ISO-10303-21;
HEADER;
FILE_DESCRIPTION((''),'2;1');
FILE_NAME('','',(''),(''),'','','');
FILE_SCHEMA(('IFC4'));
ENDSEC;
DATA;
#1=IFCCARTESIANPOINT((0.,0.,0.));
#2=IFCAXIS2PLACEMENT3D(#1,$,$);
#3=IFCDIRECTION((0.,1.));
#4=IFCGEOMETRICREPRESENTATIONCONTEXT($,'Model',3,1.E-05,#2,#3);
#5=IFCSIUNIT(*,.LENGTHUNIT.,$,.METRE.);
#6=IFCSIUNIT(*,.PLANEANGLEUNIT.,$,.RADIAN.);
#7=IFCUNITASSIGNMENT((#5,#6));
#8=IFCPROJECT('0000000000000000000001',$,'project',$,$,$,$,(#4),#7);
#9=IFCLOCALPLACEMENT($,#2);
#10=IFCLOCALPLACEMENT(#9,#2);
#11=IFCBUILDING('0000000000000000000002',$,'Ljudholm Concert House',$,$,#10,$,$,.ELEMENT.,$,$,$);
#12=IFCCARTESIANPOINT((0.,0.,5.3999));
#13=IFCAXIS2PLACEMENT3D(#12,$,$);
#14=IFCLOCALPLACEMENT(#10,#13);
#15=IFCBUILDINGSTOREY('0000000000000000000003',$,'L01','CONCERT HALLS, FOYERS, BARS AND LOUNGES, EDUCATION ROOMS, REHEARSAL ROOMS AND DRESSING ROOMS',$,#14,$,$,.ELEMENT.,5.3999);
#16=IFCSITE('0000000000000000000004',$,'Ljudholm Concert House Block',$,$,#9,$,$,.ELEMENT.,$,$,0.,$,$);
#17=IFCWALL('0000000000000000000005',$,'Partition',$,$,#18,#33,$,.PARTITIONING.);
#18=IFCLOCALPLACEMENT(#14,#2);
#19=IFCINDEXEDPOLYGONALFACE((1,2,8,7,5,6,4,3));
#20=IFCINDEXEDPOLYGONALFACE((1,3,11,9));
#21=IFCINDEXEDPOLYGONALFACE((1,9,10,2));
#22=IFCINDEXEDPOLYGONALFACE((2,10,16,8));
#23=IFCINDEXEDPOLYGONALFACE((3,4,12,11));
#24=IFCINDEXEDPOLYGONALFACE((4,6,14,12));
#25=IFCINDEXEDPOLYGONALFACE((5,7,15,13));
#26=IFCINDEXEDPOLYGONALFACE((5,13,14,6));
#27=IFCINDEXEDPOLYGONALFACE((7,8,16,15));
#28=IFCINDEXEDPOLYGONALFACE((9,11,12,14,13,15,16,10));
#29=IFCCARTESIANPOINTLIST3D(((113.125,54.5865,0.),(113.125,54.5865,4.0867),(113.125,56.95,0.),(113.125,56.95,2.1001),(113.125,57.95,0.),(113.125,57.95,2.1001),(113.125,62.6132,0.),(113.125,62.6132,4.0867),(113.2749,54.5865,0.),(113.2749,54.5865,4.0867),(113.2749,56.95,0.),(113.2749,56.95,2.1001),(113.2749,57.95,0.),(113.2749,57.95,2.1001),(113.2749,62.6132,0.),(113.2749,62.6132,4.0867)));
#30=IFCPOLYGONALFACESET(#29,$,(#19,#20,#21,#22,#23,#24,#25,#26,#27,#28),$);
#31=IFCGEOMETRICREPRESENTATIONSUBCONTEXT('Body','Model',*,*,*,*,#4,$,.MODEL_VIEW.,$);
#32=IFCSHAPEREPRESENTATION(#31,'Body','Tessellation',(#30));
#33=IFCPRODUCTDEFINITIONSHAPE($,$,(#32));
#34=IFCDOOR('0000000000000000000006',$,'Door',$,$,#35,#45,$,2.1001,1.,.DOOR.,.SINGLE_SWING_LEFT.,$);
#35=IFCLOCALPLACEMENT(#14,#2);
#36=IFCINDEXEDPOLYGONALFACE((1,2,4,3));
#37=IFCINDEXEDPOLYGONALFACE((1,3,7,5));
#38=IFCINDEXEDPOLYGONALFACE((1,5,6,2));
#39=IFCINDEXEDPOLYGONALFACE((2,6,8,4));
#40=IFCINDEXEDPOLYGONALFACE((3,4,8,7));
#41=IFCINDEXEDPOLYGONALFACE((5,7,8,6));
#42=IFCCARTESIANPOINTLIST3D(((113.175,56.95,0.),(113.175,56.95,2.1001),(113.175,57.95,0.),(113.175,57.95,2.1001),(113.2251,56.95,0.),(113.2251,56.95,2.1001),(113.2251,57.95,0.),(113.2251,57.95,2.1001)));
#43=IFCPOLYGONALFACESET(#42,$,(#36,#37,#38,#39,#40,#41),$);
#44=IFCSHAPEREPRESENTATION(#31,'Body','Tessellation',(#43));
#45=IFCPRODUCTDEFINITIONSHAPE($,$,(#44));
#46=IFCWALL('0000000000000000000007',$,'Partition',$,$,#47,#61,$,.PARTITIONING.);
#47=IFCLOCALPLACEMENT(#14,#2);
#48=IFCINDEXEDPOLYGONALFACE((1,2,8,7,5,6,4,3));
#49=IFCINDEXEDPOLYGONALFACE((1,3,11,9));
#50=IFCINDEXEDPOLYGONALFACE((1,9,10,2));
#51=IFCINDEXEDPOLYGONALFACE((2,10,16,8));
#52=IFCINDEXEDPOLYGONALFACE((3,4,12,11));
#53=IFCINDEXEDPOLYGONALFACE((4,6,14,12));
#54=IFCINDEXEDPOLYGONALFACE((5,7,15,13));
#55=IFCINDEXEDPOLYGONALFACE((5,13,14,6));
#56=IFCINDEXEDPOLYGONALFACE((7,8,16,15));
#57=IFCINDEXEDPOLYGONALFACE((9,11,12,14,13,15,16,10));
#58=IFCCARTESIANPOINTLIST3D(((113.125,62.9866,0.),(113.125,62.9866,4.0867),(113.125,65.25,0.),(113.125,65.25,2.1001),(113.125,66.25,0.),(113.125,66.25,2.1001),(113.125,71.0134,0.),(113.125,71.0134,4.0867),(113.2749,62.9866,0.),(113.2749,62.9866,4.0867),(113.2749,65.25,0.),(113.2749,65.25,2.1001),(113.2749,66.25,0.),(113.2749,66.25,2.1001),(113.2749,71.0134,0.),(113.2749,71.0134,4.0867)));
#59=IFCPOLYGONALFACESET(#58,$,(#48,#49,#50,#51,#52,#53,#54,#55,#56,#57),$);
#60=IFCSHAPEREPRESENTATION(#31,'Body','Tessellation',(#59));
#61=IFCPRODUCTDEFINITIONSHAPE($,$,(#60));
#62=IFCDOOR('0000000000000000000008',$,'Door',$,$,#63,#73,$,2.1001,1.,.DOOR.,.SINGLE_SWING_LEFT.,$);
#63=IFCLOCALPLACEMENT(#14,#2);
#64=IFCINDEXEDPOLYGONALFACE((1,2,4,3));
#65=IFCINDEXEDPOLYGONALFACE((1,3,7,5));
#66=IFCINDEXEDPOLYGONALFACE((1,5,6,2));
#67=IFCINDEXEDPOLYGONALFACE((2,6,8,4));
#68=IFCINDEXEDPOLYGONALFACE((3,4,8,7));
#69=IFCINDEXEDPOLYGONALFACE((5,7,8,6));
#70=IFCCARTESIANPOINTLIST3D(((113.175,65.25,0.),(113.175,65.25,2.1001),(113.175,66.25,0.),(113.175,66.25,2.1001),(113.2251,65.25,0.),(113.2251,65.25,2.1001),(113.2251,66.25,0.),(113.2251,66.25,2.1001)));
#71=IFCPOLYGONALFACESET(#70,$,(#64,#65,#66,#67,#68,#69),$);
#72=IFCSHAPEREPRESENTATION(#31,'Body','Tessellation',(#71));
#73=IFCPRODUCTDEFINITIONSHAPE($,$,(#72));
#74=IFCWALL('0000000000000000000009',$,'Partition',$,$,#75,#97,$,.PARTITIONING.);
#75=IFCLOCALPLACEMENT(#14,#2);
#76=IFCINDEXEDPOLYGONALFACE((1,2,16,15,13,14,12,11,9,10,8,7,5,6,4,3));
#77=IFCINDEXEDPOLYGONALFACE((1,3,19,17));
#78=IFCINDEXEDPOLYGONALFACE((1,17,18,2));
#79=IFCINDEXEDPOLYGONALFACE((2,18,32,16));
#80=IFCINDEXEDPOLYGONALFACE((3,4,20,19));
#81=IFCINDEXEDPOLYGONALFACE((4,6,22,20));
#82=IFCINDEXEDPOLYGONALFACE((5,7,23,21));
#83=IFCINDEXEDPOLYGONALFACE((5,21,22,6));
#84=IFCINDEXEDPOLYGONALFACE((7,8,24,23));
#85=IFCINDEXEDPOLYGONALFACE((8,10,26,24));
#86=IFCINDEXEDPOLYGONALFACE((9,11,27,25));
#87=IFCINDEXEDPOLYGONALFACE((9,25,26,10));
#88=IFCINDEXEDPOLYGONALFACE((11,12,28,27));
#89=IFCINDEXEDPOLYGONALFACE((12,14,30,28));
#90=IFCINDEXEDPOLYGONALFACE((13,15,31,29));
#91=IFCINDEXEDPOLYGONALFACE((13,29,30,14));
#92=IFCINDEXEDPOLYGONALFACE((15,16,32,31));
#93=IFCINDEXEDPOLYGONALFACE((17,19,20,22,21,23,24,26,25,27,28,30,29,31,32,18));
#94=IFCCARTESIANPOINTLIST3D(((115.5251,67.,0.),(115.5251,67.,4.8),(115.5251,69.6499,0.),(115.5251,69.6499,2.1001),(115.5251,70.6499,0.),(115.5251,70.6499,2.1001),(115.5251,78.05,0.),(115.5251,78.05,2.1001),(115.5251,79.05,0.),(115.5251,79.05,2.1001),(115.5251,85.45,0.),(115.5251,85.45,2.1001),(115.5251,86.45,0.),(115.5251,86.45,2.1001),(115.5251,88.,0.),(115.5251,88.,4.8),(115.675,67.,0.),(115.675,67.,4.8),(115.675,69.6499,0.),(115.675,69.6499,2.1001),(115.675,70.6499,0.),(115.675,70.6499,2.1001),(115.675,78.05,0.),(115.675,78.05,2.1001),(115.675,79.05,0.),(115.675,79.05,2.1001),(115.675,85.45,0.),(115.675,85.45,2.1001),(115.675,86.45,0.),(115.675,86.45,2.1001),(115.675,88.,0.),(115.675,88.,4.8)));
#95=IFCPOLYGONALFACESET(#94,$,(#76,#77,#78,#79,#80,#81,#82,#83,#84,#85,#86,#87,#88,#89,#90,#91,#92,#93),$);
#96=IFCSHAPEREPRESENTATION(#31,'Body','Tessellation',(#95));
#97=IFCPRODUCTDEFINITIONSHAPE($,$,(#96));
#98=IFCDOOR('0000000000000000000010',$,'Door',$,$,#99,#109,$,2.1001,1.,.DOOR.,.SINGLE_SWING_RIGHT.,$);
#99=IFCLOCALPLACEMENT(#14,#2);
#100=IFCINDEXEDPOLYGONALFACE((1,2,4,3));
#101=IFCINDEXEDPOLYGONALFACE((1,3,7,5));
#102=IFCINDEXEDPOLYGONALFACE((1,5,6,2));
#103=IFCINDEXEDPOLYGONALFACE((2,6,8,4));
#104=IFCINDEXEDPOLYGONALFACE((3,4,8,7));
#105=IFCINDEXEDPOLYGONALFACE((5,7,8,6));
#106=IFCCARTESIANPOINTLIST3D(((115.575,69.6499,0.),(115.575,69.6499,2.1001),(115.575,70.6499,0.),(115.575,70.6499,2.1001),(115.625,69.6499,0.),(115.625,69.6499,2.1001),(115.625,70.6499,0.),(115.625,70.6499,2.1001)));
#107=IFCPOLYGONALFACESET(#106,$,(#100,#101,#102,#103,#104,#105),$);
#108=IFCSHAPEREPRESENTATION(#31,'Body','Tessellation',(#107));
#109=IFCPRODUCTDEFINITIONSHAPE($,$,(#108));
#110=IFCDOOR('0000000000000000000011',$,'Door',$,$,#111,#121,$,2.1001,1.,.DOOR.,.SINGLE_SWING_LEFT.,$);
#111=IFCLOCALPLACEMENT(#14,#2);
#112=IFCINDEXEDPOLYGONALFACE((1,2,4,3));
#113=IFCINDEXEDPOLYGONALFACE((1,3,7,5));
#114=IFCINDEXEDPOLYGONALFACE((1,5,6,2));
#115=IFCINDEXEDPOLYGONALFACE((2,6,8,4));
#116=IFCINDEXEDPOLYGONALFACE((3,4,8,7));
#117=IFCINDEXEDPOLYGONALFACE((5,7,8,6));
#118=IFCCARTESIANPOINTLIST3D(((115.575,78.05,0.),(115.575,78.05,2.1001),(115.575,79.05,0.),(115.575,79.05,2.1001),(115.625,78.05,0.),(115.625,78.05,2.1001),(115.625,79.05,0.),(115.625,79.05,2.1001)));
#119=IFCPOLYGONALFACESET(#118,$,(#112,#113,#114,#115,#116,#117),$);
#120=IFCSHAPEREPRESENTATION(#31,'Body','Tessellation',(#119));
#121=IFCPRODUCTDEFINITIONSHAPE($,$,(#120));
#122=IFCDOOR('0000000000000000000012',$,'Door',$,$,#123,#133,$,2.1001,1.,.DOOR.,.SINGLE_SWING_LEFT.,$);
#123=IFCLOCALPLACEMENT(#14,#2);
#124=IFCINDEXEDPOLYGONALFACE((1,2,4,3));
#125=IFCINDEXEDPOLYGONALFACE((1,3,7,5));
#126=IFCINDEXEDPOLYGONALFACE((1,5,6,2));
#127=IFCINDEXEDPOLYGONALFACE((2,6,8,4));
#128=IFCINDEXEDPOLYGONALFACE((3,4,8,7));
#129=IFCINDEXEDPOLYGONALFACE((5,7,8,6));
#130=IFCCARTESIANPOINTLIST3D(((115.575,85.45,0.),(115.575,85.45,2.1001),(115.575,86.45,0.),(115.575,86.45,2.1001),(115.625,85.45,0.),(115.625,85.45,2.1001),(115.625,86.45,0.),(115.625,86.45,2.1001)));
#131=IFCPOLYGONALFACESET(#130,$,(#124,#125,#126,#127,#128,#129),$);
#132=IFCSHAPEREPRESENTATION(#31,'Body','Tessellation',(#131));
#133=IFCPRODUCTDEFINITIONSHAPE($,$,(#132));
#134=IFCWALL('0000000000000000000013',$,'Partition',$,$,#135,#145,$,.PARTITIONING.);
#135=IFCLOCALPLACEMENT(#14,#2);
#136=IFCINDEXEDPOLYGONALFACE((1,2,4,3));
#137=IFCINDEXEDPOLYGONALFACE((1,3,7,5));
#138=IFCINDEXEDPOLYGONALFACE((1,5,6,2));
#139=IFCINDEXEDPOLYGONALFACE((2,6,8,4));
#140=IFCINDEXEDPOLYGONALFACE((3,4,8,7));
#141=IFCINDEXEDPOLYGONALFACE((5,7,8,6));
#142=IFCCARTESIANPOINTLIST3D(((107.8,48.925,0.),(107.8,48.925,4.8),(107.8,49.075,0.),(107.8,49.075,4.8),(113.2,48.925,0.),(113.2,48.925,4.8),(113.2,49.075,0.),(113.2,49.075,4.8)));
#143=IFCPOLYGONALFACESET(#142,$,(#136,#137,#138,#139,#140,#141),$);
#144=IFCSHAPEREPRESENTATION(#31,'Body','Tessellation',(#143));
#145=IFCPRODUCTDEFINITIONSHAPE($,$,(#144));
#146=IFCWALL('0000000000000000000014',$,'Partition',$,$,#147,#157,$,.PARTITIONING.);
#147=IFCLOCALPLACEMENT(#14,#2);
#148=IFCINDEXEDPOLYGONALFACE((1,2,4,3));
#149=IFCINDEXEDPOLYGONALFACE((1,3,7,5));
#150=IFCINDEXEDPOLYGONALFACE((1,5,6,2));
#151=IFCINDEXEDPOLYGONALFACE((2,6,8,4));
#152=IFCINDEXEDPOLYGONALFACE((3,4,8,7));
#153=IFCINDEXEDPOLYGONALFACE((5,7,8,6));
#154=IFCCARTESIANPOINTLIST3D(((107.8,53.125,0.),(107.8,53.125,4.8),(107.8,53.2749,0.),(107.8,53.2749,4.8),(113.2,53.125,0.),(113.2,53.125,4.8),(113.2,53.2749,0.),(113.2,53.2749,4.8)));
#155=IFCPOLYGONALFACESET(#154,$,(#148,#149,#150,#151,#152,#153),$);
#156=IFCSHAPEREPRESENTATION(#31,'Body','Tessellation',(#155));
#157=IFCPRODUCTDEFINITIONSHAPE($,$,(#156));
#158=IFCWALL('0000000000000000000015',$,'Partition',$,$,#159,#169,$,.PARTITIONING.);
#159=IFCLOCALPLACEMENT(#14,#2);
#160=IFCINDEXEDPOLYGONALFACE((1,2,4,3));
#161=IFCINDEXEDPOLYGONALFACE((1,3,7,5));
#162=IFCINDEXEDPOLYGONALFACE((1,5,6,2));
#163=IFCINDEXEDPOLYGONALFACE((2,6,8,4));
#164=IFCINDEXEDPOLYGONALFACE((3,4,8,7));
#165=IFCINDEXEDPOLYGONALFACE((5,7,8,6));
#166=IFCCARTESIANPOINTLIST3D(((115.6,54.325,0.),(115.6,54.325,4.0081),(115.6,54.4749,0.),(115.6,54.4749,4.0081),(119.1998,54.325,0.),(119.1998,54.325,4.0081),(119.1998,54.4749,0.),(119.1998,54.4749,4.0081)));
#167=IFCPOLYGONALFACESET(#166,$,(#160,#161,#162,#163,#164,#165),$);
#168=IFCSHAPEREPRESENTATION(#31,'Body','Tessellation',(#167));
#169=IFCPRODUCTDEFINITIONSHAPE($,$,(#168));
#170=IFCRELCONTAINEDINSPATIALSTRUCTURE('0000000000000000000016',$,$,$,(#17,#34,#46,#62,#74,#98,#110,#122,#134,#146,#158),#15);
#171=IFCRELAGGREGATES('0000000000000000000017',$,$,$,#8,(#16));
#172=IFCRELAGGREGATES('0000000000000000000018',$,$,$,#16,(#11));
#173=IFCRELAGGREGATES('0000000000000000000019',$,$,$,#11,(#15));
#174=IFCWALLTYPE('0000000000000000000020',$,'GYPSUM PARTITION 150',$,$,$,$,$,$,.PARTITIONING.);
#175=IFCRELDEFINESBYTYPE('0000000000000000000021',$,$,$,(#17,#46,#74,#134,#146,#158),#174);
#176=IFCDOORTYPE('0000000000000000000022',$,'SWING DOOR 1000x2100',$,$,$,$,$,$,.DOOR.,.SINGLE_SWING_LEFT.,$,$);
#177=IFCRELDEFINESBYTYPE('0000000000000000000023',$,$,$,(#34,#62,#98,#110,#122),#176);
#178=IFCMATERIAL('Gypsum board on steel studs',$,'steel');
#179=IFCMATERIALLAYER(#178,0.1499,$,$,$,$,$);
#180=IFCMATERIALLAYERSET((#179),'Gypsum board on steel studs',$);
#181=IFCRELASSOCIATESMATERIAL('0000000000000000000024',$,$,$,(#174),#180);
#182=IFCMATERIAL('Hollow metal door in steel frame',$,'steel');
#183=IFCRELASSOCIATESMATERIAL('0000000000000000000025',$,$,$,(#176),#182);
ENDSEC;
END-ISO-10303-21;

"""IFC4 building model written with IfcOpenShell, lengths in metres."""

from ifc_helpers import new_model, si_unit, direction, frame, frame_2d, origin, place, context, subcontext, project, spatial, rectangle, extrude, material, layer, layer_set, type_object, element, fill, save


model = new_model("IFC4")

# Units and contexts
model_context = context("Model", 3, precision=1e-05, world=origin(), true_north=direction((0.0, 1.0)))
body_context = subcontext(model_context, "Body", "Model", "MODEL_VIEW")
ifc_project = project(units=[si_unit("LENGTHUNIT", "METRE"), si_unit("PLANEANGLEUNIT", "RADIAN")], contexts=[model_context])

# Site, building, storey
site_placement = place(None, origin())
site = spatial("IfcSite", under=ifc_project, at=site_placement, Name="Ljudholm Concert House Block", CompositionType="ELEMENT", RefElevation=0.0)
building_placement = place(site_placement, origin())
building = spatial("IfcBuilding", under=site, at=building_placement, Name="Ljudholm Concert House", CompositionType="ELEMENT")
storey_placement = place(building_placement, frame((0.0, 0.0, 5.3999)))
storey = spatial("IfcBuildingStorey", under=building, at=storey_placement, Name="L01", Description="CONCERT HALLS, FOYERS, BARS AND LOUNGES, EDUCATION ROOMS, REHEARSAL ROOMS AND DRESSING ROOMS", CompositionType="ELEMENT", Elevation=5.3999)

# Shared definitions
ifc_material_1 = material(Name="Gypsum board on steel studs", Category="steel")
ifc_layer = layer(ifc_material_1, 0.1499)
ifc_layer_set = layer_set([ifc_layer], Name="Gypsum board on steel studs")
wall_type = type_object("IfcWallType", Name="GYPSUM PARTITION 150", PredefinedType="PARTITIONING", material=ifc_layer_set)
ifc_material_2 = material(Name="Hollow metal door in steel frame", Category="steel")
door_type = type_object("IfcDoorType", Name="SWING DOOR 1000x2100", OperationType="SINGLE_SWING_LEFT", PredefinedType="DOOR", material=ifc_material_2)

# Walls, openings, doors
wall_1_placement = place(storey_placement, frame((113.2, 54.5867, 0.0), z_axis=(0.0, 0.0, 1.0), x_axis=(0.0, 1.0, 0.0)))
wall_1 = element("IfcWall", 1, at=wall_1_placement, inside=storey, type_object=wall_type, Name="Partition", PredefinedType="PARTITIONING", context=body_context, shape_type="SweptSolid", body=[
    extrude(rectangle(XDim=8.0266, YDim=0.1499, at=frame_2d((4.0132, 0.0))), origin(), (0.0, 0.0, 1.0), 4.0867),
])
opening_1_placement = place(wall_1_placement, frame((2.3633, 0.0, 0.0)))
opening_1 = element("IfcOpeningElement", 2, at=opening_1_placement, cuts=wall_1, PredefinedType="OPENING", context=body_context, shape_type="SweptSolid", body=[
    extrude(rectangle(XDim=1.0, YDim=2.1001, at=frame_2d((0.5, 1.05))), frame((0.0, 0.085, 0.0), z_axis=(0.0, -1.0, 0.0), x_axis=(1.0, 0.0, 0.0)), (0.0, 0.0, 1.0), 0.1699),
])
door_1_placement = place(opening_1_placement, origin())
door_1 = element("IfcDoor", 3, at=door_1_placement, inside=storey, type_object=door_type, Name="Door", OperationType="SINGLE_SWING_LEFT", OverallHeight=2.1001, OverallWidth=1.0, PredefinedType="DOOR", context=body_context, shape_type="SweptSolid", body=[
    extrude(rectangle(XDim=1.0, YDim=2.1001, at=frame_2d((0.5, 1.05))), frame((0.0, 0.0249, 0.0), z_axis=(0.0, -1.0, 0.0), x_axis=(1.0, 0.0, 0.0)), (0.0, 0.0, 1.0), 0.05),
])
fill(opening_1, door_1)
wall_2_placement = place(storey_placement, frame((113.2, 62.9866, 0.0), z_axis=(0.0, 0.0, 1.0), x_axis=(0.0, 1.0, 0.0)))
wall_2 = element("IfcWall", 4, at=wall_2_placement, inside=storey, type_object=wall_type, Name="Partition", PredefinedType="PARTITIONING", context=body_context, shape_type="SweptSolid", body=[
    extrude(rectangle(XDim=8.0269, YDim=0.1499, at=frame_2d((4.0134, 0.0))), origin(), (0.0, 0.0, 1.0), 4.0867),
])
opening_2_placement = place(wall_2_placement, frame((2.2634, 0.0, 0.0)))
opening_2 = element("IfcOpeningElement", 5, at=opening_2_placement, cuts=wall_2, PredefinedType="OPENING", context=body_context, shape_type="SweptSolid", body=[
    extrude(rectangle(XDim=1.0, YDim=2.1001, at=frame_2d((0.5, 1.05))), frame((0.0, 0.085, 0.0), z_axis=(0.0, -1.0, 0.0), x_axis=(1.0, 0.0, 0.0)), (0.0, 0.0, 1.0), 0.1699),
])
door_2_placement = place(opening_2_placement, origin())
door_2 = element("IfcDoor", 6, at=door_2_placement, inside=storey, type_object=door_type, Name="Door", OperationType="SINGLE_SWING_LEFT", OverallHeight=2.1001, OverallWidth=1.0, PredefinedType="DOOR", context=body_context, shape_type="SweptSolid", body=[
    extrude(rectangle(XDim=1.0, YDim=2.1001, at=frame_2d((0.5, 1.05))), frame((0.0, 0.0249, 0.0), z_axis=(0.0, -1.0, 0.0), x_axis=(1.0, 0.0, 0.0)), (0.0, 0.0, 1.0), 0.05),
])
fill(opening_2, door_2)

# Wall, openings, doors
wall_3_placement = place(storey_placement, frame((115.6001, 67.0, 0.0), z_axis=(0.0, 0.0, 1.0), x_axis=(0.0, 1.0, 0.0)))
wall_3 = element("IfcWall", 7, at=wall_3_placement, inside=storey, type_object=wall_type, Name="Partition", PredefinedType="PARTITIONING", context=body_context, shape_type="SweptSolid", body=[
    extrude(rectangle(XDim=21.0, YDim=0.1499, at=frame_2d((10.5, 0.0))), origin(), (0.0, 0.0, 1.0), 4.8),
])
opening_3_placement = place(wall_3_placement, frame((2.6499, 0.0, 0.0)))
opening_3 = element("IfcOpeningElement", 8, at=opening_3_placement, cuts=wall_3, PredefinedType="OPENING", context=body_context, shape_type="SweptSolid", body=[
    extrude(rectangle(XDim=1.0, YDim=2.1001, at=frame_2d((0.5, 1.05))), frame((0.0, 0.085, 0.0), z_axis=(0.0, -1.0, 0.0), x_axis=(1.0, 0.0, 0.0)), (0.0, 0.0, 1.0), 0.1699),
])
opening_4_placement = place(wall_3_placement, frame((11.05, 0.0, 0.0)))
opening_4 = element("IfcOpeningElement", 9, at=opening_4_placement, cuts=wall_3, PredefinedType="OPENING", context=body_context, shape_type="SweptSolid", body=[
    extrude(rectangle(XDim=1.0, YDim=2.1001, at=frame_2d((0.5, 1.05))), frame((0.0, 0.085, 0.0), z_axis=(0.0, -1.0, 0.0), x_axis=(1.0, 0.0, 0.0)), (0.0, 0.0, 1.0), 0.1699),
])
opening_5_placement = place(wall_3_placement, frame((18.45, 0.0, 0.0)))
opening_5 = element("IfcOpeningElement", 10, at=opening_5_placement, cuts=wall_3, PredefinedType="OPENING", context=body_context, shape_type="SweptSolid", body=[
    extrude(rectangle(XDim=1.0, YDim=2.1001, at=frame_2d((0.5, 1.05))), frame((0.0, 0.085, 0.0), z_axis=(0.0, -1.0, 0.0), x_axis=(1.0, 0.0, 0.0)), (0.0, 0.0, 1.0), 0.1699),
])
door_3_placement = place(opening_3_placement, frame((1.0, 0.0, 0.0), z_axis=(0.0, 0.0, 1.0), x_axis=(-1.0, 0.0, 0.0)))
door_3 = element("IfcDoor", 11, at=door_3_placement, inside=storey, type_object=door_type, Name="Door", OperationType="SINGLE_SWING_RIGHT", OverallHeight=2.1001, OverallWidth=1.0, PredefinedType="DOOR", context=body_context, shape_type="SweptSolid", body=[
    extrude(rectangle(XDim=1.0, YDim=2.1001, at=frame_2d((0.5, 1.05))), frame((0.0, 0.0249, 0.0), z_axis=(0.0, -1.0, 0.0), x_axis=(1.0, 0.0, 0.0)), (0.0, 0.0, 1.0), 0.05),
])
fill(opening_3, door_3)
door_4_placement = place(opening_4_placement, frame((1.0, 0.0, 0.0), z_axis=(0.0, 0.0, 1.0), x_axis=(-1.0, 0.0, 0.0)))
door_4 = element("IfcDoor", 12, at=door_4_placement, inside=storey, type_object=door_type, Name="Door", OperationType="SINGLE_SWING_LEFT", OverallHeight=2.1001, OverallWidth=1.0, PredefinedType="DOOR", context=body_context, shape_type="SweptSolid", body=[
    extrude(rectangle(XDim=1.0, YDim=2.1001, at=frame_2d((0.5, 1.05))), frame((0.0, 0.0249, 0.0), z_axis=(0.0, -1.0, 0.0), x_axis=(1.0, 0.0, 0.0)), (0.0, 0.0, 1.0), 0.05),
])
fill(opening_4, door_4)
door_5_placement = place(opening_5_placement, frame((1.0, 0.0, 0.0), z_axis=(0.0, 0.0, 1.0), x_axis=(-1.0, 0.0, 0.0)))
door_5 = element("IfcDoor", 13, at=door_5_placement, inside=storey, type_object=door_type, Name="Door", OperationType="SINGLE_SWING_LEFT", OverallHeight=2.1001, OverallWidth=1.0, PredefinedType="DOOR", context=body_context, shape_type="SweptSolid", body=[
    extrude(rectangle(XDim=1.0, YDim=2.1001, at=frame_2d((0.5, 1.05))), frame((0.0, 0.0249, 0.0), z_axis=(0.0, -1.0, 0.0), x_axis=(1.0, 0.0, 0.0)), (0.0, 0.0, 1.0), 0.05),
])
fill(opening_5, door_5)

# Walls
for number, where, z_axis, x_axis, name in (
    (14, (107.8, 49.0, 0.0), (0.0, 0.0, 1.0), (1.0, 0.0, 0.0), "Partition"),
    (15, (107.8, 53.2, 0.0), (0.0, 0.0, 1.0), (1.0, 0.0, 0.0), "Partition"),
):
    element("IfcWall", number, at=place(storey_placement, frame(where, z_axis=z_axis, x_axis=x_axis)), inside=storey, type_object=wall_type, Name=name, PredefinedType="PARTITIONING", context=body_context, shape_type="SweptSolid", body=[
        extrude(rectangle(XDim=5.3999, YDim=0.1499, at=frame_2d((2.7, 0.0))), origin(), (0.0, 0.0, 1.0), 4.8),
    ])
wall_4_placement = place(storey_placement, frame((115.6001, 54.3999, 0.0), z_axis=(0.0, 0.0, 1.0), x_axis=(1.0, 0.0, 0.0)))
element("IfcWall", 16, at=wall_4_placement, inside=storey, type_object=wall_type, Name="Partition", PredefinedType="PARTITIONING", context=body_context, shape_type="SweptSolid", body=[
    extrude(rectangle(XDim=3.5999, YDim=0.1499, at=frame_2d((1.7998, 0.0))), origin(), (0.0, 0.0, 1.0), 4.0081),
])

save(model, "model.ifc")
